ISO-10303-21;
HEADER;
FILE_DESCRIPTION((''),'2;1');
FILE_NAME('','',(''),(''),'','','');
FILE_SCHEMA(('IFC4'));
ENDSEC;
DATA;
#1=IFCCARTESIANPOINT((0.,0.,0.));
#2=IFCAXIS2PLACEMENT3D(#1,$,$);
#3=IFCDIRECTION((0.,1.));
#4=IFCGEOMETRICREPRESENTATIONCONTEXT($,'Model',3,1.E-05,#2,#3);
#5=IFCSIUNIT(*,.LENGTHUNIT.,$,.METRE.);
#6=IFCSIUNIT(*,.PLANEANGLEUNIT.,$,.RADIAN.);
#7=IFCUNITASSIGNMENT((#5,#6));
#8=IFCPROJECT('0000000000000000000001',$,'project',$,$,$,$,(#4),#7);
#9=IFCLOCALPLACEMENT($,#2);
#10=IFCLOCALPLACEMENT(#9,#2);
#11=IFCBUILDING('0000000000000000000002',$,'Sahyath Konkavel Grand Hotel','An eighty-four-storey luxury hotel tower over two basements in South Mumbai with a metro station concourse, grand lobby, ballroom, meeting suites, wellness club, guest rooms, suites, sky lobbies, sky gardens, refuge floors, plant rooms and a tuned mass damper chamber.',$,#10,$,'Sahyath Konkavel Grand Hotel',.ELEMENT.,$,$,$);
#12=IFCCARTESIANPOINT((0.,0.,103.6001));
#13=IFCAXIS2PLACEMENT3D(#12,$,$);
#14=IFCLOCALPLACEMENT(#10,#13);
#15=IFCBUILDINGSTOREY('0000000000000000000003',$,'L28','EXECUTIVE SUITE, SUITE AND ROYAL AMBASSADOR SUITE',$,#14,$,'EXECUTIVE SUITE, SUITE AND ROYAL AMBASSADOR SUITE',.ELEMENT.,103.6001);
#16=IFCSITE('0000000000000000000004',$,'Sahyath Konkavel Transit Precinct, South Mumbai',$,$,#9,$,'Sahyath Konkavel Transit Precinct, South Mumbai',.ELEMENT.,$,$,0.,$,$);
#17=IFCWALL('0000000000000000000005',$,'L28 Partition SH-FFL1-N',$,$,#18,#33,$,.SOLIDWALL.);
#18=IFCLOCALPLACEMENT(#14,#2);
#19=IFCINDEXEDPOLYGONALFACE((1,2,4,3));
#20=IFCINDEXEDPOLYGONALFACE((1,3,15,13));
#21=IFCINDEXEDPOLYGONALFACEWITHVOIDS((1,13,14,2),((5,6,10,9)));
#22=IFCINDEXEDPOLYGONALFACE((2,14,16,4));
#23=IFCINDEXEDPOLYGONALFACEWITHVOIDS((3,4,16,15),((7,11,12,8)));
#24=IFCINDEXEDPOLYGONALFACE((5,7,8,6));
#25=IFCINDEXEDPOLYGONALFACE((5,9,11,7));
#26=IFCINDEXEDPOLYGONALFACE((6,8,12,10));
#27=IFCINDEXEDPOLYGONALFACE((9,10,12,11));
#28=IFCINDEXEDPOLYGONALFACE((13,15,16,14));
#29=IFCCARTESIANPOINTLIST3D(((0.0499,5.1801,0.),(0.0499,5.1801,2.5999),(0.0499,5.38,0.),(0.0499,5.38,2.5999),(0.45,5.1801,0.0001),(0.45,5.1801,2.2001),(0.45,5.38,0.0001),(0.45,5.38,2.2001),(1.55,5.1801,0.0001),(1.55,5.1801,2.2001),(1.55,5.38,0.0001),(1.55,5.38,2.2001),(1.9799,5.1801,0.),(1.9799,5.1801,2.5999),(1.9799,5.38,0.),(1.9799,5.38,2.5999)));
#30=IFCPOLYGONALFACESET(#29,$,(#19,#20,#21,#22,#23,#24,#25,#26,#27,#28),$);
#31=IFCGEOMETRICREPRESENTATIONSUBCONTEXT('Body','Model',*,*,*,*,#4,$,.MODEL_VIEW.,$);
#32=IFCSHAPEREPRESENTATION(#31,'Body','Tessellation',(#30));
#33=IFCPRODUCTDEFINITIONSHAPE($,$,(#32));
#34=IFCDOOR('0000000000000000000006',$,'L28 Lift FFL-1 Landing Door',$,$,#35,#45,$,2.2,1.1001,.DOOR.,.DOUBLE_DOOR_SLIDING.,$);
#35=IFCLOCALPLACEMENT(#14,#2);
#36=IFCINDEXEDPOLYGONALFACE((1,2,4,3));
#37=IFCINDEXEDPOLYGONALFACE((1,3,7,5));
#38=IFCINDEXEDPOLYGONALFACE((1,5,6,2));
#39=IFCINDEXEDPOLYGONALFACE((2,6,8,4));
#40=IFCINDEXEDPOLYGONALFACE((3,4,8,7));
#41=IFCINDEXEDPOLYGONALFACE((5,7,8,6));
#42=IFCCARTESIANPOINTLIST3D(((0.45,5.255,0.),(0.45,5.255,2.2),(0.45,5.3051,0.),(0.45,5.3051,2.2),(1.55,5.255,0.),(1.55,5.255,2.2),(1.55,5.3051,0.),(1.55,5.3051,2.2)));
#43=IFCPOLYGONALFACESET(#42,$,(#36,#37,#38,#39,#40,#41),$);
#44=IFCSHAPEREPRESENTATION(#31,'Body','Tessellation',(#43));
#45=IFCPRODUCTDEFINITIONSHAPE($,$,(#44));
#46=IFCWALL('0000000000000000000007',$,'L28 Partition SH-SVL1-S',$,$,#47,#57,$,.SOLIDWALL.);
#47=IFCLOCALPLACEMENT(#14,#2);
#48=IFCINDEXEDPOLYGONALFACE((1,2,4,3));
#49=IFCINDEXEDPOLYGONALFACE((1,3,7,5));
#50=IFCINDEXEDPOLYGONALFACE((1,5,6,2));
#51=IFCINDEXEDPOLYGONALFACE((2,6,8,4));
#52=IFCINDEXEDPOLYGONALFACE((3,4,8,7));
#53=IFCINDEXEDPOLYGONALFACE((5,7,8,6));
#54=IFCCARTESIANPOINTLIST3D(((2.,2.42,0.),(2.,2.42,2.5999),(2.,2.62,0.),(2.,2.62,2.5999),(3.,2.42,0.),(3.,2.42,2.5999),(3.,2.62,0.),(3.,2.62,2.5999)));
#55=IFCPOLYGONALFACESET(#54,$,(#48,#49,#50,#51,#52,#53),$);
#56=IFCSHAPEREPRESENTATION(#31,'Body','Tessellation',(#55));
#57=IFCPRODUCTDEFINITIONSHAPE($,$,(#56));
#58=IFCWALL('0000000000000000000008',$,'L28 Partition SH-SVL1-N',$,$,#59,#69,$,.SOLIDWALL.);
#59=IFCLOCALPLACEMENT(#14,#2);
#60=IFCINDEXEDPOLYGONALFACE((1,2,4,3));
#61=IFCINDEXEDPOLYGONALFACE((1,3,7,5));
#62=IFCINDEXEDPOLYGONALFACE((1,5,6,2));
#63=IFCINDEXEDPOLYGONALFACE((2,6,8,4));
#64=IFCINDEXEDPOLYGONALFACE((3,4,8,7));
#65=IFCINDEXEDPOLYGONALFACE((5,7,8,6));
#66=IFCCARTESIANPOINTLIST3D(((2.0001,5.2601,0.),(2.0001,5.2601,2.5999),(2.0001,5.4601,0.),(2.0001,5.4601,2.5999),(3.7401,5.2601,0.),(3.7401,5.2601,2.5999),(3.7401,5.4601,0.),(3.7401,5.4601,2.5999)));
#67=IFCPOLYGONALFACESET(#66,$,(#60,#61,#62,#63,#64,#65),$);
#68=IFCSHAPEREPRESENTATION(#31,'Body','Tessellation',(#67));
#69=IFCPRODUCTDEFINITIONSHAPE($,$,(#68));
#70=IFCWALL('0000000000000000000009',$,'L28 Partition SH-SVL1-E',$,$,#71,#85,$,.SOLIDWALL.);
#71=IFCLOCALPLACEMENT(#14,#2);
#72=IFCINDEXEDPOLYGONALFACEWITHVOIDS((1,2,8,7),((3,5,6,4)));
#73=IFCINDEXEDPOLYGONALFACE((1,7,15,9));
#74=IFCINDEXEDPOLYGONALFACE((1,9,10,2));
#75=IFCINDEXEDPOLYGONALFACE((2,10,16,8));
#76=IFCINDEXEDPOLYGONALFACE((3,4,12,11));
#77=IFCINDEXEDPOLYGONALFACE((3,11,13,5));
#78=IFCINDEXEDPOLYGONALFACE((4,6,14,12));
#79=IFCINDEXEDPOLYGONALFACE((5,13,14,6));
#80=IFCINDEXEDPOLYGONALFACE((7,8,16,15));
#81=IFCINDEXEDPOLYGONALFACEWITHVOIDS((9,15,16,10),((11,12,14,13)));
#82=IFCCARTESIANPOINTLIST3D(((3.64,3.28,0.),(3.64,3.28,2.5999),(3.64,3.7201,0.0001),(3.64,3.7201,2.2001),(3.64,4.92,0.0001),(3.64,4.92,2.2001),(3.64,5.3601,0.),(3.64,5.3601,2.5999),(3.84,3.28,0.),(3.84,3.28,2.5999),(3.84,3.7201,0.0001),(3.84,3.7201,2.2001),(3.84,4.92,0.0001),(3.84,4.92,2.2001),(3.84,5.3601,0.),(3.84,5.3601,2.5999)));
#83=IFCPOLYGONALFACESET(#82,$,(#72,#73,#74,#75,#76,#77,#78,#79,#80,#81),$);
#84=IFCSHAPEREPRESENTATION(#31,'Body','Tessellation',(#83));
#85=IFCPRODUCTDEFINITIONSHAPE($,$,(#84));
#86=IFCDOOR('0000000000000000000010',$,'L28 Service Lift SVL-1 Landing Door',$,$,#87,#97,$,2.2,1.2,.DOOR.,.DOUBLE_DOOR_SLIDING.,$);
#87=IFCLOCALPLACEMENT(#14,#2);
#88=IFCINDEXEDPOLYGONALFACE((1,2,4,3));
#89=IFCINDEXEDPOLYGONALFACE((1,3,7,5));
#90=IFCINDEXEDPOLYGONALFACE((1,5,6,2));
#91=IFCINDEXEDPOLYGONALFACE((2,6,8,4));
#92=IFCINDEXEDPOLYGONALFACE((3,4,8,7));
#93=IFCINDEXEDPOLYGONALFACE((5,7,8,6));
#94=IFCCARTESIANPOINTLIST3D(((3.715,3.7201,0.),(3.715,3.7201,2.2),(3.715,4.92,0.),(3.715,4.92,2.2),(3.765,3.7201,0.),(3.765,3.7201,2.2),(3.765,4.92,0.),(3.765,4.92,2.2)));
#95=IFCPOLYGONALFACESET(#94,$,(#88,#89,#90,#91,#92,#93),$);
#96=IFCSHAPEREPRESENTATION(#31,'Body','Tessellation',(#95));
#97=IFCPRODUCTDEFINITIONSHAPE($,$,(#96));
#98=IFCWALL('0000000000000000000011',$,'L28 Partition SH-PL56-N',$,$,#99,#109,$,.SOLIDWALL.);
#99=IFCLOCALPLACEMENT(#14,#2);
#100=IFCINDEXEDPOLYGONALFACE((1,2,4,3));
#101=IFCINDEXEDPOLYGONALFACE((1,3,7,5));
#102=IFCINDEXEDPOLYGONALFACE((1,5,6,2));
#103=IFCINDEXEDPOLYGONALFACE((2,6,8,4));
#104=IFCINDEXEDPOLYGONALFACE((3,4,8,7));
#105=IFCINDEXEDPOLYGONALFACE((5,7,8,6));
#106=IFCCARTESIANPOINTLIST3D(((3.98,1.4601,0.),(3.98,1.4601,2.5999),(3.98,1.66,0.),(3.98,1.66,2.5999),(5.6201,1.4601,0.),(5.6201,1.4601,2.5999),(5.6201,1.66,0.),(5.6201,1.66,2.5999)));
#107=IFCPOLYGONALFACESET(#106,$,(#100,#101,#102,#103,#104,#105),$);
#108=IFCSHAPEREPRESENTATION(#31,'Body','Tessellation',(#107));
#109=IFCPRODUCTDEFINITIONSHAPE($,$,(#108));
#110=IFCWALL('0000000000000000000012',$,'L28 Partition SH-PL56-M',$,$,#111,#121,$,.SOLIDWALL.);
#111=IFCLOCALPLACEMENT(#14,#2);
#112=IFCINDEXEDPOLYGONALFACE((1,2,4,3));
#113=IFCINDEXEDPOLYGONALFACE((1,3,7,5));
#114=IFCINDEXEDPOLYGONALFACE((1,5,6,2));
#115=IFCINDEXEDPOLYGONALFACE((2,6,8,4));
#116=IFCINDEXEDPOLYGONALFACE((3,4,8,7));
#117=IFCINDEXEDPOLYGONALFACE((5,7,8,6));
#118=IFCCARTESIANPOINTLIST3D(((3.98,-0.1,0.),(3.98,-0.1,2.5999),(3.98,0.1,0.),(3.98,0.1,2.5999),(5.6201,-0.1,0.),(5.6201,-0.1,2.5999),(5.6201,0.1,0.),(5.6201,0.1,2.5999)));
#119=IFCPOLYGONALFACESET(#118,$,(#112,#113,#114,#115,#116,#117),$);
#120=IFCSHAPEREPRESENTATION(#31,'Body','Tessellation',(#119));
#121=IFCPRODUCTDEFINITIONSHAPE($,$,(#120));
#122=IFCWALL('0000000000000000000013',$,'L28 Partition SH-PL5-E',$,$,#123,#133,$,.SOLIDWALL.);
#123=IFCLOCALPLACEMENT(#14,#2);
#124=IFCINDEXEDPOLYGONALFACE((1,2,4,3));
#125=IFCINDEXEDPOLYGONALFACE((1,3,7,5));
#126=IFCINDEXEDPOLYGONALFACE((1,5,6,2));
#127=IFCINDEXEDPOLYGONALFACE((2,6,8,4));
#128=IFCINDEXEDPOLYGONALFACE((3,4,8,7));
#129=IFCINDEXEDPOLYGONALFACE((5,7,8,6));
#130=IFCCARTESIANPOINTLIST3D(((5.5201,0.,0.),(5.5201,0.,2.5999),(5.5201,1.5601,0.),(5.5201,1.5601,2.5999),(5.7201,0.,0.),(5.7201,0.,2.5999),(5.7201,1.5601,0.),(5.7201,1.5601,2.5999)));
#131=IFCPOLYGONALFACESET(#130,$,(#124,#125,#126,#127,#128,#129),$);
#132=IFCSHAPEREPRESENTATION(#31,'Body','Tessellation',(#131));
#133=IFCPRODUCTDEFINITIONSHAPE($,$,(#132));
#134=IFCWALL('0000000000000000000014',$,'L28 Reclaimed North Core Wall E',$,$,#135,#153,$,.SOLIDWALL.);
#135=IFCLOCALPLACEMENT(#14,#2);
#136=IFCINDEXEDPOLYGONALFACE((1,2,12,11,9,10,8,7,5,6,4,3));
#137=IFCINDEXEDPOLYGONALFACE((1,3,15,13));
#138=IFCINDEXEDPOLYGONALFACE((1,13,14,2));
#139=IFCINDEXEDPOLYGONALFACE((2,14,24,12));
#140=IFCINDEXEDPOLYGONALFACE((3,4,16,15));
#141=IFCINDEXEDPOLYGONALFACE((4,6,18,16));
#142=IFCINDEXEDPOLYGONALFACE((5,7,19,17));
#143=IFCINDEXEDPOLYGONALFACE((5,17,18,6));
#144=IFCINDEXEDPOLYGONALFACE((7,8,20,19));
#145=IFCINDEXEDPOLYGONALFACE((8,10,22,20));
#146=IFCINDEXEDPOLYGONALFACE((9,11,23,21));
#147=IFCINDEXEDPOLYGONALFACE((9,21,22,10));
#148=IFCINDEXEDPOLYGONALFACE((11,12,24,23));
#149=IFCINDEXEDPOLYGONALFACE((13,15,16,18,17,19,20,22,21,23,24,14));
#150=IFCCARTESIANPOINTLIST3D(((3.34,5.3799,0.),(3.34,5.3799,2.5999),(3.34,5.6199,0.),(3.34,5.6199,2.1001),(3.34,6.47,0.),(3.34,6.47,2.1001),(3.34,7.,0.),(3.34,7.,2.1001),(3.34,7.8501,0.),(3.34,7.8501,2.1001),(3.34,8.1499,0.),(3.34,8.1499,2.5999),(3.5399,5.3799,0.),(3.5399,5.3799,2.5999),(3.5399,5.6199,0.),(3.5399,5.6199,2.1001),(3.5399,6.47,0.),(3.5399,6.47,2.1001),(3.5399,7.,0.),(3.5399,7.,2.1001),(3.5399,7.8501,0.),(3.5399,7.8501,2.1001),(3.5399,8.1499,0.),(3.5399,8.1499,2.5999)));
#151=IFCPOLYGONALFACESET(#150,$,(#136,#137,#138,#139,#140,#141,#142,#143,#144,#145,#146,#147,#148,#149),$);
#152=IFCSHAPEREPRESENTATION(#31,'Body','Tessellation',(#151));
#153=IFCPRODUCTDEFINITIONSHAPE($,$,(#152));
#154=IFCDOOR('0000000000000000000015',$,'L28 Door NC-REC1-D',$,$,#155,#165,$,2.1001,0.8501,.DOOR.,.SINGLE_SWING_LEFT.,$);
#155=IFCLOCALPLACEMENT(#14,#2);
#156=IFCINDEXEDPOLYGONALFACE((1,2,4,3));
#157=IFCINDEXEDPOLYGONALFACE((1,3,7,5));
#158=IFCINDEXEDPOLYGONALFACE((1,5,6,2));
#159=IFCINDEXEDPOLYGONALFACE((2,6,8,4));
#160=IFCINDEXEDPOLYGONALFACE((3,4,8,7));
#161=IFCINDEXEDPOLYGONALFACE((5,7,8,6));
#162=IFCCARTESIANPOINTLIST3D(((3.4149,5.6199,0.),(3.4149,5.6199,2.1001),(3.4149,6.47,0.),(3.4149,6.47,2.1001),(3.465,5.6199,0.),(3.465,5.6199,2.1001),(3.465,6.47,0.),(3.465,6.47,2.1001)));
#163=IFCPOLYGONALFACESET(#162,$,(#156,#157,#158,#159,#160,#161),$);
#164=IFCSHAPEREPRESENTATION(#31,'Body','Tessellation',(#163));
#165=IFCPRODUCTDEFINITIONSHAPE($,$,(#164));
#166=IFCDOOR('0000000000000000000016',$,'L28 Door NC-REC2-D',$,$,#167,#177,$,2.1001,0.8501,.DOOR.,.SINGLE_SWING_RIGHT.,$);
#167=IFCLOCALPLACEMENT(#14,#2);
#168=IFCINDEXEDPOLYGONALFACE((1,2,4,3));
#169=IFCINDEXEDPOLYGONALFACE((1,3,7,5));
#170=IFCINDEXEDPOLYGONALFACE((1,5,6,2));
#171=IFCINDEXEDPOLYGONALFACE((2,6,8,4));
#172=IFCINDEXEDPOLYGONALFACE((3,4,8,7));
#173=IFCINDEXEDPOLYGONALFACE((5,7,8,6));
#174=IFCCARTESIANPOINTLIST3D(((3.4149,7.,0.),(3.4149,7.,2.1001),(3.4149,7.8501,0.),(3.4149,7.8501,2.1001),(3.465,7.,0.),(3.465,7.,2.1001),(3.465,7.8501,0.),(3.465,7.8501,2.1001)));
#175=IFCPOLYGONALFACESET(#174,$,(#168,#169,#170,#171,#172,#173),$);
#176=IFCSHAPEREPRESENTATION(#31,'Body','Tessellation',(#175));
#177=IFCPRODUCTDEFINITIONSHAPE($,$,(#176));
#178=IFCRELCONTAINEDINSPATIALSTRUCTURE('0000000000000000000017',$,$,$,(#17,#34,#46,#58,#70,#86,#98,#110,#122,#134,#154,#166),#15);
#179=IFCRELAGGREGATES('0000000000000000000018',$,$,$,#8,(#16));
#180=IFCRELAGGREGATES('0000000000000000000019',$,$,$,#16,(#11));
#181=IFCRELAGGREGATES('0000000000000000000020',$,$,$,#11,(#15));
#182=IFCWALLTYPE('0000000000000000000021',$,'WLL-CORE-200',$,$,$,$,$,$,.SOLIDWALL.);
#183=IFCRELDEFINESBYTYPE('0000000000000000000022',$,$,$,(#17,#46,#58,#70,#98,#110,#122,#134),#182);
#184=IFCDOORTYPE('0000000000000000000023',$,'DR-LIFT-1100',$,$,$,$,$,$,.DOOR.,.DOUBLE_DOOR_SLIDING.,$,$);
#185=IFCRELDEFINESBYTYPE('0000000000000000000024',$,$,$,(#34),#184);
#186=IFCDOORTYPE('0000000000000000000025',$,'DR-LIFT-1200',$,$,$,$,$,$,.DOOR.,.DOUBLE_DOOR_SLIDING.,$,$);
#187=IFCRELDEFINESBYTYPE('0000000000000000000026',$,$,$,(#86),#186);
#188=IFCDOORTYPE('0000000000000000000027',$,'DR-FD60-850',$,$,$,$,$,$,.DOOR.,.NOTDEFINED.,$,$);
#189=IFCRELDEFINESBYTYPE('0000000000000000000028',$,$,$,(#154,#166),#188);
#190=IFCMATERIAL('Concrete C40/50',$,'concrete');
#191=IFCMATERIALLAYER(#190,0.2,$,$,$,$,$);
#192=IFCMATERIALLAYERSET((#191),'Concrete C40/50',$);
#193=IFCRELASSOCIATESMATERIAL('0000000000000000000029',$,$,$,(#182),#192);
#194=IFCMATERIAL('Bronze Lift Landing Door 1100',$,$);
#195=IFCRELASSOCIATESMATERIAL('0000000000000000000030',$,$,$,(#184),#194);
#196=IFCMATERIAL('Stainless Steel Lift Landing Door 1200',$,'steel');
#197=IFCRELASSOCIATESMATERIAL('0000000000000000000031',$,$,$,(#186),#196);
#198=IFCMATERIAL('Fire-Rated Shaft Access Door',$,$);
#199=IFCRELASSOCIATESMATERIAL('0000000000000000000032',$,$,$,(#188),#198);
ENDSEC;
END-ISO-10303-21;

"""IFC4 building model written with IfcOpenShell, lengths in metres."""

from ifc_helpers import new_model, si_unit, direction, frame, frame_2d, origin, origin_2d, place, context, subcontext, project, spatial, rectangle, extrude, source, transform, mapped, material, layer, layer_set, type_object, element, fill, save


model = new_model("IFC4")

# Units and contexts
model_context = context("Model", 3, precision=1e-05, world=origin(), true_north=direction((0.0, 1.0)))
body_context = subcontext(model_context, "Body", "Model", "MODEL_VIEW")
ifc_project = project(units=[si_unit("LENGTHUNIT", "METRE"), si_unit("PLANEANGLEUNIT", "RADIAN")], contexts=[model_context])

# Site, building, storey
site_placement = place(None, origin())
site = spatial("IfcSite", under=ifc_project, at=site_placement, Name="Sahyath Konkavel Transit Precinct, South Mumbai", LongName="Sahyath Konkavel Transit Precinct, South Mumbai", CompositionType="ELEMENT", RefElevation=0.0)
building_placement = place(site_placement, origin())
building = spatial("IfcBuilding", under=site, at=building_placement, Name="Sahyath Konkavel Grand Hotel", Description="An eighty-four-storey luxury hotel tower over two basements in South Mumbai with a metro station concourse, grand lobby, ballroom, meeting suites, wellness club, guest rooms, suites, sky lobbies, sky gardens, refuge floors, plant rooms and a tuned mass damper chamber.", LongName="Sahyath Konkavel Grand Hotel", CompositionType="ELEMENT")
storey_placement = place(building_placement, frame((0.0, 0.0, 103.6001)))
storey = spatial("IfcBuildingStorey", under=building, at=storey_placement, Name="L28", Description="EXECUTIVE SUITE, SUITE AND ROYAL AMBASSADOR SUITE", LongName="EXECUTIVE SUITE, SUITE AND ROYAL AMBASSADOR SUITE", CompositionType="ELEMENT", Elevation=103.6001)

# Shared definitions
ifc_material_1 = material(Name="Concrete C40/50", Category="concrete")

# Shared definitions
ifc_layer_1 = layer(ifc_material_1, 0.2)
ifc_layer_set_1 = layer_set([ifc_layer_1], Name="Concrete C40/50")
wall_type_1 = type_object("IfcWallType", Name="WLL-CORE-200", PredefinedType="SOLIDWALL", material=ifc_layer_set_1)
shared_shape_1 = source(origin(), body_context, "Body", "SweptSolid", [
    extrude(rectangle(XDim=0.8501, YDim=0.05, at=origin_2d()), origin(), (0.0, 0.0, 1.0), 2.1001),
])

# Wall, opening, door
wall_1_placement = place(storey_placement, frame((0.05, 5.28, 0.0), z_axis=(0.0, 0.0, 1.0), x_axis=(1.0, 0.0, 0.0)))
wall_1 = element("IfcWall", 1, at=wall_1_placement, inside=storey, type_object=wall_type_1, Name="L28 Partition SH-FFL1-N", PredefinedType="SOLIDWALL", context=body_context, shape_type="SweptSolid", body=[
    extrude(rectangle(XDim=1.9299, YDim=0.2, at=frame_2d((0.9648, 0.0))), origin(), (0.0, 0.0, 1.0), 2.5999),
])
opening_1_placement = place(wall_1_placement, frame((0.3999, 0.0, 0.0)))
opening_1 = element("IfcOpeningElement", 2, at=opening_1_placement, cuts=wall_1, PredefinedType="OPENING", context=body_context, shape_type="SweptSolid", body=[
    extrude(rectangle(XDim=1.1001, YDim=2.2, at=frame_2d((0.55, 1.1001))), frame((0.0, 0.1099, 0.0), z_axis=(0.0, -1.0, 0.0), x_axis=(1.0, 0.0, 0.0)), (0.0, 0.0, 1.0), 0.22),
])
ifc_material_2 = material(Name="Bronze Lift Landing Door 1100")
door_type_1 = type_object("IfcDoorType", Name="DR-LIFT-1100", OperationType="DOUBLE_DOOR_SLIDING", PredefinedType="DOOR", material=ifc_material_2)
shared_shape_2 = source(origin(), body_context, "Body", "SweptSolid", [
    extrude(rectangle(XDim=1.1001, YDim=0.05, at=origin_2d()), origin(), (0.0, 0.0, 1.0), 2.2),
])
door_1_placement = place(opening_1_placement, frame((0.55, 0.0, 0.0)))
door_1 = element("IfcDoor", 3, at=door_1_placement, inside=storey, type_object=door_type_1, Name="L28 Lift FFL-1 Landing Door", OperationType="DOUBLE_DOOR_SLIDING", OverallHeight=2.2, OverallWidth=1.1001, PredefinedType="DOOR", context=body_context, shape_type="MappedRepresentation", body=[
    mapped(shared_shape_2, transform((0.0, 0.0, 0.0), scale=1.0)),
])
fill(opening_1, door_1)

# Walls
wall_2_placement = place(storey_placement, frame((2.0, 2.52, 0.0), z_axis=(0.0, 0.0, 1.0), x_axis=(1.0, 0.0, 0.0)))
element("IfcWall", 4, at=wall_2_placement, inside=storey, type_object=wall_type_1, Name="L28 Partition SH-SVL1-S", PredefinedType="SOLIDWALL", context=body_context, shape_type="SweptSolid", body=[
    extrude(rectangle(XDim=1.0, YDim=0.2, at=frame_2d((0.5, 0.0))), origin(), (0.0, 0.0, 1.0), 2.5999),
])
wall_3_placement = place(storey_placement, frame((2.0, 5.3601, 0.0), z_axis=(0.0, 0.0, 1.0), x_axis=(1.0, 0.0, 0.0)))
element("IfcWall", 5, at=wall_3_placement, inside=storey, type_object=wall_type_1, Name="L28 Partition SH-SVL1-N", PredefinedType="SOLIDWALL", context=body_context, shape_type="SweptSolid", body=[
    extrude(rectangle(XDim=1.74, YDim=0.2, at=frame_2d((0.8701, 0.0))), origin(), (0.0, 0.0, 1.0), 2.5999),
])

# Wall, opening, door
wall_4_placement = place(storey_placement, frame((3.74, 3.28, 0.0), z_axis=(0.0, 0.0, 1.0), x_axis=(0.0, 1.0, 0.0)))
wall_4 = element("IfcWall", 6, at=wall_4_placement, inside=storey, type_object=wall_type_1, Name="L28 Partition SH-SVL1-E", PredefinedType="SOLIDWALL", context=body_context, shape_type="SweptSolid", body=[
    extrude(rectangle(XDim=2.0801, YDim=0.2, at=frame_2d((1.04, 0.0))), origin(), (0.0, 0.0, 1.0), 2.5999),
])
opening_2_placement = place(wall_4_placement, frame((0.4399, 0.0, 0.0)))
opening_2 = element("IfcOpeningElement", 7, at=opening_2_placement, cuts=wall_4, PredefinedType="OPENING", context=body_context, shape_type="SweptSolid", body=[
    extrude(rectangle(XDim=1.2, YDim=2.2, at=frame_2d((0.6001, 1.1001))), frame((0.0, 0.1099, 0.0), z_axis=(0.0, -1.0, 0.0), x_axis=(1.0, 0.0, 0.0)), (0.0, 0.0, 1.0), 0.22),
])
ifc_material_3 = material(Name="Stainless Steel Lift Landing Door 1200", Category="steel")
door_type_2 = type_object("IfcDoorType", Name="DR-LIFT-1200", OperationType="DOUBLE_DOOR_SLIDING", PredefinedType="DOOR", material=ifc_material_3)
shared_shape_3 = source(origin(), body_context, "Body", "SweptSolid", [
    extrude(rectangle(XDim=1.2, YDim=0.05, at=origin_2d()), origin(), (0.0, 0.0, 1.0), 2.2),
])
door_2_placement = place(opening_2_placement, frame((0.6001, 0.0, 0.0)))
door_2 = element("IfcDoor", 8, at=door_2_placement, inside=storey, type_object=door_type_2, Name="L28 Service Lift SVL-1 Landing Door", OperationType="DOUBLE_DOOR_SLIDING", OverallHeight=2.2, OverallWidth=1.2, PredefinedType="DOOR", context=body_context, shape_type="MappedRepresentation", body=[
    mapped(shared_shape_3, transform((0.0, 0.0, 0.0), scale=1.0)),
])
fill(opening_2, door_2)

# Walls
for number, where, z_axis, x_axis, name in (
    (9, (3.98, 1.5601, 0.0), (0.0, 0.0, 1.0), (1.0, 0.0, 0.0), "L28 Partition SH-PL56-N"),
    (10, (3.98, 0.0, 0.0), (0.0, 0.0, 1.0), (1.0, 0.0, 0.0), "L28 Partition SH-PL56-M"),
):
    element("IfcWall", number, at=place(storey_placement, frame(where, z_axis=z_axis, x_axis=x_axis)), inside=storey, type_object=wall_type_1, Name=name, PredefinedType="SOLIDWALL", context=body_context, shape_type="SweptSolid", body=[
        extrude(rectangle(XDim=1.6401, YDim=0.2, at=frame_2d((0.8201, 0.0))), origin(), (0.0, 0.0, 1.0), 2.5999),
    ])
wall_5_placement = place(storey_placement, frame((5.6201, 0.0, 0.0), z_axis=(0.0, 0.0, 1.0), x_axis=(0.0, 1.0, 0.0)))
element("IfcWall", 11, at=wall_5_placement, inside=storey, type_object=wall_type_1, Name="L28 Partition SH-PL5-E", PredefinedType="SOLIDWALL", context=body_context, shape_type="SweptSolid", body=[
    extrude(rectangle(XDim=1.5601, YDim=0.2, at=frame_2d((0.78, 0.0))), origin(), (0.0, 0.0, 1.0), 2.5999),
])

# Wall, openings, doors
wall_6_placement = place(storey_placement, frame((3.4399, 5.3799, 0.0), z_axis=(0.0, 0.0, 1.0), x_axis=(0.0, 1.0, 0.0)))
wall_6 = element("IfcWall", 12, at=wall_6_placement, inside=storey, type_object=wall_type_1, Name="L28 Reclaimed North Core Wall E", PredefinedType="SOLIDWALL", context=body_context, shape_type="SweptSolid", body=[
    extrude(rectangle(XDim=2.77, YDim=0.2, at=frame_2d((1.385, 0.0))), origin(), (0.0, 0.0, 1.0), 2.5999),
])
opening_3_placement = place(wall_6_placement, frame((0.24, 0.0, 0.0)))
opening_3 = element("IfcOpeningElement", 13, at=opening_3_placement, cuts=wall_6, PredefinedType="OPENING", context=body_context, shape_type="SweptSolid", body=[
    extrude(rectangle(XDim=0.8501, YDim=2.1001, at=frame_2d((0.425, 1.05))), frame((0.0, 0.1099, 0.0), z_axis=(0.0, -1.0, 0.0), x_axis=(1.0, 0.0, 0.0)), (0.0, 0.0, 1.0), 0.22),
])
opening_4_placement = place(wall_6_placement, frame((1.6201, 0.0, 0.0)))
opening_4 = element("IfcOpeningElement", 14, at=opening_4_placement, cuts=wall_6, PredefinedType="OPENING", context=body_context, shape_type="SweptSolid", body=[
    extrude(rectangle(XDim=0.8501, YDim=2.1001, at=frame_2d((0.425, 1.05))), frame((0.0, 0.1099, 0.0), z_axis=(0.0, -1.0, 0.0), x_axis=(1.0, 0.0, 0.0)), (0.0, 0.0, 1.0), 0.22),
])
ifc_material_4 = material(Name="Fire-Rated Shaft Access Door")
door_type_3 = type_object("IfcDoorType", Name="DR-FD60-850", OperationType="NOTDEFINED", PredefinedType="DOOR", material=ifc_material_4)
door_3_placement = place(opening_3_placement, frame((0.425, 0.0, 0.0)))
door_3 = element("IfcDoor", 15, at=door_3_placement, inside=storey, type_object=door_type_3, Name="L28 Door NC-REC1-D", OperationType="SINGLE_SWING_LEFT", OverallHeight=2.1001, OverallWidth=0.8501, PredefinedType="DOOR", context=body_context, shape_type="MappedRepresentation", body=[
    mapped(shared_shape_1, transform((0.0, 0.0, 0.0), scale=1.0)),
])
fill(opening_3, door_3)
door_4_placement = place(opening_4_placement, frame((0.425, 0.0, 0.0)))
door_4 = element("IfcDoor", 16, at=door_4_placement, inside=storey, type_object=door_type_3, Name="L28 Door NC-REC2-D", OperationType="SINGLE_SWING_RIGHT", OverallHeight=2.1001, OverallWidth=0.8501, PredefinedType="DOOR", context=body_context, shape_type="MappedRepresentation", body=[
    mapped(shared_shape_1, transform((0.0, 0.0, 0.0), scale=1.0)),
])
fill(opening_4, door_4)

save(model, "model.ifc")
